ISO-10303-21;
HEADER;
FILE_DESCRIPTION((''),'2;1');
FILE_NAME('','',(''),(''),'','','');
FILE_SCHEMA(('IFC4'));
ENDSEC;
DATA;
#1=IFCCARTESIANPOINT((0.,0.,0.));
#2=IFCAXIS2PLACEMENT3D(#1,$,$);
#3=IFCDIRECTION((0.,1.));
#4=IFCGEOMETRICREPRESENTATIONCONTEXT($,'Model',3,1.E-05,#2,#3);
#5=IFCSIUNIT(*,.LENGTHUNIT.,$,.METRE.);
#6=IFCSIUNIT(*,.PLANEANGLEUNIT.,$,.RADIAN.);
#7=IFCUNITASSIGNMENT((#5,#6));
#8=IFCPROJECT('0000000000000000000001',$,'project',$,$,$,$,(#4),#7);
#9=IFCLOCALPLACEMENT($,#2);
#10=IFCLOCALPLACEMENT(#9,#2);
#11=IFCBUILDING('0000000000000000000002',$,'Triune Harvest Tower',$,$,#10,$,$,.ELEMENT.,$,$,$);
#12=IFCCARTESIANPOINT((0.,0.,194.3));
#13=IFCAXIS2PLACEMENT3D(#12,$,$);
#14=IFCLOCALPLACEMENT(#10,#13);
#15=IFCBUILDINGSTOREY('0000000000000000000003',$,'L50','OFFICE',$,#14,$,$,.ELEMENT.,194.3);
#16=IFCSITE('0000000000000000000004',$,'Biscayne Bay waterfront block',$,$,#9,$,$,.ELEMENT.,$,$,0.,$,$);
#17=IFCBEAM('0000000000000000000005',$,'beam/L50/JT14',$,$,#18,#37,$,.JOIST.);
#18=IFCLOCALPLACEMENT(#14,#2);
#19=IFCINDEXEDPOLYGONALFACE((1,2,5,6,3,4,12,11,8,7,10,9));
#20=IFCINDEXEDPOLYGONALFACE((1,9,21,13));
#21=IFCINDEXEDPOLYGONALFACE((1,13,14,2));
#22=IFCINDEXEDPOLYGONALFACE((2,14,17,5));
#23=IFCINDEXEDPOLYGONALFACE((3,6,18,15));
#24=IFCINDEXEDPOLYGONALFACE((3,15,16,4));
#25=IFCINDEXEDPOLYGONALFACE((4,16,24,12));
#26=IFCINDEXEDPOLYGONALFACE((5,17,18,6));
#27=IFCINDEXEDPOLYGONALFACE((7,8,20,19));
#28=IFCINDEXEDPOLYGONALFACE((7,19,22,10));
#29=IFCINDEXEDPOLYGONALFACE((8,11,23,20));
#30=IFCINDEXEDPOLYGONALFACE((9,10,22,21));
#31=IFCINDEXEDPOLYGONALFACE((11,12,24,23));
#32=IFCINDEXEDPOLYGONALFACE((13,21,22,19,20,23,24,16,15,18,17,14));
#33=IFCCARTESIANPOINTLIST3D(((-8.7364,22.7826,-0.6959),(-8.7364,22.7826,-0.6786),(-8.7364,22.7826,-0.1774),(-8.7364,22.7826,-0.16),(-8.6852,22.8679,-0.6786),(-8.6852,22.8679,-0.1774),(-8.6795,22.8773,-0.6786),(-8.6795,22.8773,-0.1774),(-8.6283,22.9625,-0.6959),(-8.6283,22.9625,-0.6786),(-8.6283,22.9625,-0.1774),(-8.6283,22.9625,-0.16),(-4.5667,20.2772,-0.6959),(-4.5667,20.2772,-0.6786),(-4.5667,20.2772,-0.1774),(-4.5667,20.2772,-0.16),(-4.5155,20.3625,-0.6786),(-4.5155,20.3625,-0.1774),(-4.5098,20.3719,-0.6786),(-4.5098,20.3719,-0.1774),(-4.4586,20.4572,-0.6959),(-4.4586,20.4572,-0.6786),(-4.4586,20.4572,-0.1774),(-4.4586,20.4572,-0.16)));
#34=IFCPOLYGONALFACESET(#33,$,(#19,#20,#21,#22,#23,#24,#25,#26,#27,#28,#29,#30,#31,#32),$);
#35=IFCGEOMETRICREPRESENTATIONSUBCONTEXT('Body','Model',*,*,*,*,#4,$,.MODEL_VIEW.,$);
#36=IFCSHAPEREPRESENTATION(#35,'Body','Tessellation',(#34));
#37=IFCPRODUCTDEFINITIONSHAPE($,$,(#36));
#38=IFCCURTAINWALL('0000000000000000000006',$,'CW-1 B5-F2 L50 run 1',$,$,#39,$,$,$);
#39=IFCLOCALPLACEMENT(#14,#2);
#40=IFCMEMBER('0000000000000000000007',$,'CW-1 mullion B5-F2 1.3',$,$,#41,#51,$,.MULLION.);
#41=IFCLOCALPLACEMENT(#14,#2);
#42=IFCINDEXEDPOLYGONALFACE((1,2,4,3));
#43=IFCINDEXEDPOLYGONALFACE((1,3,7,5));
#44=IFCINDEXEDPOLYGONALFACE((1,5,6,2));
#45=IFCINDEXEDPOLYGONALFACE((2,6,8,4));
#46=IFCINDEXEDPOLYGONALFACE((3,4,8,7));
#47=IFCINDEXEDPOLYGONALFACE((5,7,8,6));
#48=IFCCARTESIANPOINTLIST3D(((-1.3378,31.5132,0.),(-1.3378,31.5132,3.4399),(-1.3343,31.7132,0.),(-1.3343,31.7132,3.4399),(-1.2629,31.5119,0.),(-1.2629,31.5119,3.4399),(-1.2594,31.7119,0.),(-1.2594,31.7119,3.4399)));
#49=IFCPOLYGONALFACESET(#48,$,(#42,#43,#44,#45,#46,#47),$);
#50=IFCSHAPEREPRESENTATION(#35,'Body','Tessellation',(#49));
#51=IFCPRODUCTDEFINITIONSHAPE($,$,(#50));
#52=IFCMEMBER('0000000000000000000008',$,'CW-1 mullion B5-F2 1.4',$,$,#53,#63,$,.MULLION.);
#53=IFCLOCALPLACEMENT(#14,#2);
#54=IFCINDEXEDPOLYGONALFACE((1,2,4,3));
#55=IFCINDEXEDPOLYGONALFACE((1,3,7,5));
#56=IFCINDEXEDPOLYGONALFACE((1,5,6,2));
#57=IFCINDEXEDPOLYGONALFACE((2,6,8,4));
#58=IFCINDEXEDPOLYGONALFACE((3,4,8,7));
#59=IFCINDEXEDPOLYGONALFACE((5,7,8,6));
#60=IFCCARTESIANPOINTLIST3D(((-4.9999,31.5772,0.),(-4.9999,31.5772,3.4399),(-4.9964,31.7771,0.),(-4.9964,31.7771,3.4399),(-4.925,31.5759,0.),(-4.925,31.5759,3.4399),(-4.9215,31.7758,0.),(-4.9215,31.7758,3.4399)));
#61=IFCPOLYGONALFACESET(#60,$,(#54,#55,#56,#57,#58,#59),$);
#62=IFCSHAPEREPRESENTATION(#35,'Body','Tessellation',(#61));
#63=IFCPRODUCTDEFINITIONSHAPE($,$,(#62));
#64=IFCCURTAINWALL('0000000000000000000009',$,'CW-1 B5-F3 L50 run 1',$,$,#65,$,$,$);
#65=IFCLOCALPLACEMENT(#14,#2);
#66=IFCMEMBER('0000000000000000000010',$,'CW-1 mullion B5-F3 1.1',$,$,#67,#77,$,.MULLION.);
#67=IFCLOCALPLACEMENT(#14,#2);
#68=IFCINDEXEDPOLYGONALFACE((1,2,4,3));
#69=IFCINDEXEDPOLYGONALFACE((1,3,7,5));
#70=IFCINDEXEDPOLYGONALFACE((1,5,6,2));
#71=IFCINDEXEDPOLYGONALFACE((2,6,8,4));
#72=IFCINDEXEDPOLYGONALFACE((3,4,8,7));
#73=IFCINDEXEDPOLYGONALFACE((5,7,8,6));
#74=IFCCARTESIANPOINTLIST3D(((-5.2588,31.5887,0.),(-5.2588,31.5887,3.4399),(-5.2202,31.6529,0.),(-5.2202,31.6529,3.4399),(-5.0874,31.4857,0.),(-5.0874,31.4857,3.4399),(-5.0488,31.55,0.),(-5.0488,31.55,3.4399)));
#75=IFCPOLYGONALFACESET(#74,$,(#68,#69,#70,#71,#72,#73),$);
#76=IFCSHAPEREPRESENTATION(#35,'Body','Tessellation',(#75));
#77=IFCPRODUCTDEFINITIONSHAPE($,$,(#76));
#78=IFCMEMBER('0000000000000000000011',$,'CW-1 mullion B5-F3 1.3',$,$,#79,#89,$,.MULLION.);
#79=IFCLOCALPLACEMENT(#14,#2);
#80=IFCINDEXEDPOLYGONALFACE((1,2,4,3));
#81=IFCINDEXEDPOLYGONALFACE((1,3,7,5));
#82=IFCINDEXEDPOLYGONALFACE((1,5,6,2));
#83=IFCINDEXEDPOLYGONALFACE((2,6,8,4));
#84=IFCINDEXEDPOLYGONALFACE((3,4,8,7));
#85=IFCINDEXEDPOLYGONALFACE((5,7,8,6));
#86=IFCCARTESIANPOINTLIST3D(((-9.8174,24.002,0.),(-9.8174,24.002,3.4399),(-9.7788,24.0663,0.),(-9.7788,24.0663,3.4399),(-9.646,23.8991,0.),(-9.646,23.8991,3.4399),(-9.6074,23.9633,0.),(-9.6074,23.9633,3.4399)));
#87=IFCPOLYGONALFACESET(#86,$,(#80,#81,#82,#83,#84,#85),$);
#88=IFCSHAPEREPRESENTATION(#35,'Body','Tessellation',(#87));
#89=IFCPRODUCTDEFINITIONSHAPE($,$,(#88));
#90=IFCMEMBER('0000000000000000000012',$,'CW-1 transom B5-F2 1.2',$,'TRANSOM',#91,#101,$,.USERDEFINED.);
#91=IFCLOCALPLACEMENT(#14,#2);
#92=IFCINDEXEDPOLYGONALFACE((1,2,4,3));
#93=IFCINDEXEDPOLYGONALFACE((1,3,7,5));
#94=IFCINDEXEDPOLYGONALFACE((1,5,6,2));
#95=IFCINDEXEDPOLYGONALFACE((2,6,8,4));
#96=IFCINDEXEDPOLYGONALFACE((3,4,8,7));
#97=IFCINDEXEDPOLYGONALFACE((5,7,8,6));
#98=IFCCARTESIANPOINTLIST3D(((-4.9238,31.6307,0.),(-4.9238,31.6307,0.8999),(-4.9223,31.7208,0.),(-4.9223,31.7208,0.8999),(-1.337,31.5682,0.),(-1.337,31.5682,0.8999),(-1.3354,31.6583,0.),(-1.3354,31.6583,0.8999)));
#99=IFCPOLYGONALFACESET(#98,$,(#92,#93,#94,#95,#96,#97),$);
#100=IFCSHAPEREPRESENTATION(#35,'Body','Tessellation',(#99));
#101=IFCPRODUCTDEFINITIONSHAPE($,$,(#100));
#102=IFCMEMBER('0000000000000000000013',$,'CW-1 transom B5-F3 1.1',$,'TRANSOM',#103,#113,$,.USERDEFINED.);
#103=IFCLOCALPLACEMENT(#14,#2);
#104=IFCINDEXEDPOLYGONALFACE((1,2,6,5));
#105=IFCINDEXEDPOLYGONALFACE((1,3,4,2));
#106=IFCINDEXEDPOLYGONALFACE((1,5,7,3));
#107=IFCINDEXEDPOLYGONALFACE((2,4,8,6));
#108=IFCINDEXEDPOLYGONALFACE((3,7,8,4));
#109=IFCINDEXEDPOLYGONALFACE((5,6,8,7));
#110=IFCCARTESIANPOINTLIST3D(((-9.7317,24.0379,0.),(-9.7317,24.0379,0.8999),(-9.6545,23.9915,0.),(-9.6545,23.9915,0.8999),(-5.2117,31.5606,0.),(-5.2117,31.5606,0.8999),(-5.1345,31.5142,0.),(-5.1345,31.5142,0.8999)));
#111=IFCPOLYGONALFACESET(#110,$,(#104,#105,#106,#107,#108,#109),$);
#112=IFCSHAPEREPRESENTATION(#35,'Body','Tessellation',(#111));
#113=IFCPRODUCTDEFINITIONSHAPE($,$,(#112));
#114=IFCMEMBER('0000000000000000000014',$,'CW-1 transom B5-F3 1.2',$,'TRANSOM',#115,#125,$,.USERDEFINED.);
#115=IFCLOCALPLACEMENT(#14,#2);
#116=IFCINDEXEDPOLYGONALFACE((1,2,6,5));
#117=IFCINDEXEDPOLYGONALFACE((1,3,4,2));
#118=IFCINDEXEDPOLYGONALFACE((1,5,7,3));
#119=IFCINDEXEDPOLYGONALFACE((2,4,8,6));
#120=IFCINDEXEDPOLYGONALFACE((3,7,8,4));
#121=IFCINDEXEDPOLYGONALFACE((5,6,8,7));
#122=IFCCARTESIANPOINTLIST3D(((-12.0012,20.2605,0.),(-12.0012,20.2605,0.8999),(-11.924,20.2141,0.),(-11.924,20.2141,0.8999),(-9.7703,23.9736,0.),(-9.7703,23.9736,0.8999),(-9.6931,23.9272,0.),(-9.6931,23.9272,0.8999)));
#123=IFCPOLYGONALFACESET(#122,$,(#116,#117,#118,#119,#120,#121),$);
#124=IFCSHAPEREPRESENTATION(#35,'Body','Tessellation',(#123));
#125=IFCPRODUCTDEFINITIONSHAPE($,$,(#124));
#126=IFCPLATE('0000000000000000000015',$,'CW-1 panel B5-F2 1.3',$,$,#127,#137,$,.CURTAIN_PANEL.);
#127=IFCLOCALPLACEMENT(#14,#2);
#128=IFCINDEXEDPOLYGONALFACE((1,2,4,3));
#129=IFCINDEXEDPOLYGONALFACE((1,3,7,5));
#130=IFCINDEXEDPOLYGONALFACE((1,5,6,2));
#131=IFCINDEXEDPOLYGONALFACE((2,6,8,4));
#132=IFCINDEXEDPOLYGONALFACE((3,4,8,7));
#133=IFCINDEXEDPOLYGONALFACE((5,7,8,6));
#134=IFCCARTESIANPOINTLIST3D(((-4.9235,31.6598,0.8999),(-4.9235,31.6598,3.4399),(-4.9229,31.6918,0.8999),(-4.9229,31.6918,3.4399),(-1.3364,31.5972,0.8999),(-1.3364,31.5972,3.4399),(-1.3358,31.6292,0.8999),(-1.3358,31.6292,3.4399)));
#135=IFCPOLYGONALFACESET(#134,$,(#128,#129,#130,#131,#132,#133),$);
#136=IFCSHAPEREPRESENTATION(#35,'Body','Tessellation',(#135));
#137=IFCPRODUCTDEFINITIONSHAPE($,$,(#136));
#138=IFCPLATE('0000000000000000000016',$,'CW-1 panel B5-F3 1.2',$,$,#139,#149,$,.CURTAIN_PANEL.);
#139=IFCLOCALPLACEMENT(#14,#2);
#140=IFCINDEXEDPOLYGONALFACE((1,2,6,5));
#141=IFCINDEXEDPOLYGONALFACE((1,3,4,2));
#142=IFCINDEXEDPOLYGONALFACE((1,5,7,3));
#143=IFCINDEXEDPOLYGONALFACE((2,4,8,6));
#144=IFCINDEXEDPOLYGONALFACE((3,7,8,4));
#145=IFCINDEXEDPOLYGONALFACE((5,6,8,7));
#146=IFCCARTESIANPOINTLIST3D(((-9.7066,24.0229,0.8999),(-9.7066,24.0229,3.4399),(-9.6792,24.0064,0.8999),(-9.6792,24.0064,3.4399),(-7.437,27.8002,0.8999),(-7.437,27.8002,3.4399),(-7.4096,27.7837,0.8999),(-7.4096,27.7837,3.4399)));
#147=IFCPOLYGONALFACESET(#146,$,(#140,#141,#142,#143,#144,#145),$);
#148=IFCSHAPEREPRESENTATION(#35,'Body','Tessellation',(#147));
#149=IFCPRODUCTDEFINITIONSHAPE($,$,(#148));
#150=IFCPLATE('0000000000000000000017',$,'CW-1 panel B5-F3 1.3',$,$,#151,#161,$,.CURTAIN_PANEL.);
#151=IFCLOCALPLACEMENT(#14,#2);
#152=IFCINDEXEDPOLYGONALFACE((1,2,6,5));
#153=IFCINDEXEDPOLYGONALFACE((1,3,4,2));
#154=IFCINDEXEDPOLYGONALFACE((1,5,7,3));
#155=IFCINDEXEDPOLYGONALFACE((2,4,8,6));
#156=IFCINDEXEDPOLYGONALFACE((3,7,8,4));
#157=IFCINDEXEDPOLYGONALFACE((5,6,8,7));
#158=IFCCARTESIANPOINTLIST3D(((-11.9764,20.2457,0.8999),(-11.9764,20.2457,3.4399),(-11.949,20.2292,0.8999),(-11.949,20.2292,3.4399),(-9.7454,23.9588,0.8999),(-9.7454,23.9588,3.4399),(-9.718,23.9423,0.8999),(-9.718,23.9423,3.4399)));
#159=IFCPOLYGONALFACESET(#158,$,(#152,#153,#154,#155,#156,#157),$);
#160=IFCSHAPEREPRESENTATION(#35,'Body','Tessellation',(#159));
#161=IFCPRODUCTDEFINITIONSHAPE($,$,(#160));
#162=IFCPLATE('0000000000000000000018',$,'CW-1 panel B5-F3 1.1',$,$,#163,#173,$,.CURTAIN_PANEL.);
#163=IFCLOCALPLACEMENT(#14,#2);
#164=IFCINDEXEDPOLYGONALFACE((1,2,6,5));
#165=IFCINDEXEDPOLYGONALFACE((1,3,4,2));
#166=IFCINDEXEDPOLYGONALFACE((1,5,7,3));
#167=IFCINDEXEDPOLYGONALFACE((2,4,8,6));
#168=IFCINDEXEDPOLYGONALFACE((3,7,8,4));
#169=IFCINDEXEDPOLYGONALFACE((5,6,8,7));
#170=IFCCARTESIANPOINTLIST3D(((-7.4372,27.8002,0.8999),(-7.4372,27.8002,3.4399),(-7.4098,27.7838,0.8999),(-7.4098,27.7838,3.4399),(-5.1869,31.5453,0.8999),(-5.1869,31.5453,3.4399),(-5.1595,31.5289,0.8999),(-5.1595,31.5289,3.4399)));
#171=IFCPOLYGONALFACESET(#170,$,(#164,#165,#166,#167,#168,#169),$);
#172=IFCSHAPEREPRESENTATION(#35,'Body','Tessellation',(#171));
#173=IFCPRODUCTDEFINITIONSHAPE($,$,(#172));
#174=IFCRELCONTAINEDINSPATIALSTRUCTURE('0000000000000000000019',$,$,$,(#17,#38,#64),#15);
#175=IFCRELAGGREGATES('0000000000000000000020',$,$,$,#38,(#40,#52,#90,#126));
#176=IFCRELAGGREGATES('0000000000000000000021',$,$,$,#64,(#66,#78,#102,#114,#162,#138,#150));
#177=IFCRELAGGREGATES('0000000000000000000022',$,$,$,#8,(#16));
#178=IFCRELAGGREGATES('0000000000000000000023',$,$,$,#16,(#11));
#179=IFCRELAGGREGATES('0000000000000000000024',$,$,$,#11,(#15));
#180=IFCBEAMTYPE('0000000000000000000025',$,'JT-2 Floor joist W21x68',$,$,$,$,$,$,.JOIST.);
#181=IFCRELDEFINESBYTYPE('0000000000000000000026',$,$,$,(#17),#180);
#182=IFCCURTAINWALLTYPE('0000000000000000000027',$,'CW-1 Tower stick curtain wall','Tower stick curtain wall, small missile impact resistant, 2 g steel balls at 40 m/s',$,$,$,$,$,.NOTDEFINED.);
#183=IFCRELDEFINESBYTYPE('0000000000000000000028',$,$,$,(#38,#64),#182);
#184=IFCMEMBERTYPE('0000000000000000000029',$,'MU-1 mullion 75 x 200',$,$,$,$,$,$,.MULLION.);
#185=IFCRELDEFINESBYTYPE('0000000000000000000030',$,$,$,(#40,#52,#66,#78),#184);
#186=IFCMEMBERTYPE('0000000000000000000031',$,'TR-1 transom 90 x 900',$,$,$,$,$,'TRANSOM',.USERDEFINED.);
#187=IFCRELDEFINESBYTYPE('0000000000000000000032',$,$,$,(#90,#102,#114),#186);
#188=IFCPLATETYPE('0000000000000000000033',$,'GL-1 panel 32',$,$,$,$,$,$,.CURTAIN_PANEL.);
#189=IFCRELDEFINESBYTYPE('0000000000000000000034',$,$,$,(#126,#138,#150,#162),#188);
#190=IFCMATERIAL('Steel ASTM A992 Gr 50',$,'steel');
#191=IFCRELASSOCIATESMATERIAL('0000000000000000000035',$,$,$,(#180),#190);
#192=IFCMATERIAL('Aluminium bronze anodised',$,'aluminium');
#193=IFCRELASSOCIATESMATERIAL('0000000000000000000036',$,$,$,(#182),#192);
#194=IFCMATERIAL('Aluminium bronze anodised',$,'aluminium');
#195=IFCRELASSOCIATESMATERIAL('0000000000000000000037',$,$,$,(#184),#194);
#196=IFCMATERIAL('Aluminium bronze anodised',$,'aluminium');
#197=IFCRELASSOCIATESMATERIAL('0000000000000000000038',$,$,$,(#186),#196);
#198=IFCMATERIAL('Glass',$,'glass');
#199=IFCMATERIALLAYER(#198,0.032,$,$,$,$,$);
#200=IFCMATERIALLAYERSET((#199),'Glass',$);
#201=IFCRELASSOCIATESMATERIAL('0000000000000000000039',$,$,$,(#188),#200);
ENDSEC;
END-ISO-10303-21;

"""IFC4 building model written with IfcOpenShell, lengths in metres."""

from ifc_helpers import new_model, si_unit, direction, frame, origin, origin_2d, place, context, subcontext, project, spatial, rectangle, i_section, extrude, source, transform, mapped, material, layer, layer_set, material_profile, profile_set, type_object, element, aggregate, save


model = new_model("IFC4")

# Units and contexts
model_context = context("Model", 3, precision=1e-05, world=origin(), true_north=direction((0.0, 1.0)))
body_context = subcontext(model_context, "Body", "Model", "MODEL_VIEW")
ifc_project = project(units=[si_unit("LENGTHUNIT", "METRE"), si_unit("PLANEANGLEUNIT", "RADIAN")], contexts=[model_context])

# Site, building, storey
site_placement = place(None, origin())
site = spatial("IfcSite", under=ifc_project, at=site_placement, Name="Biscayne Bay waterfront block", CompositionType="ELEMENT", RefElevation=0.0)
building_placement = place(site_placement, origin())
building = spatial("IfcBuilding", under=site, at=building_placement, Name="Triune Harvest Tower", CompositionType="ELEMENT")
storey_placement = place(building_placement, frame((0.0, 0.0, 194.3)))
storey = spatial("IfcBuildingStorey", under=building, at=storey_placement, Name="L50", Description="OFFICE", CompositionType="ELEMENT", Elevation=194.3)

# Beam
ifc_material_1 = material(Name="Steel ASTM A992 Gr 50", Category="steel")
ifc_material_profile_1 = material_profile(ifc_material_1, i_section(OverallWidth=0.21, OverallDepth=0.5359, WebThickness=0.011, FlangeThickness=0.0173, at=origin_2d()), Name="W21x68")
ifc_profile_set_1 = profile_set([ifc_material_profile_1], Name="Steel ASTM A992 Gr 50")
beam_type_1 = type_object("IfcBeamType", Name="JT-2 Floor joist W21x68", PredefinedType="JOIST", material=ifc_profile_set_1)
shared_shape_1 = source(origin(), body_context, "Body", "SweptSolid", [
    extrude(i_section(OverallWidth=0.21, OverallDepth=0.5359, WebThickness=0.011, FlangeThickness=0.0173, at=origin_2d()), origin(), (0.0, 0.0, 1.0), 4.8645),
])
beam_1_placement = place(storey_placement, frame((-8.6824, 22.8726, -0.428), z_axis=(0.857169, -0.515034, 0.0), x_axis=(0.515034, 0.857169, 0.0)))
element("IfcBeam", 1, at=beam_1_placement, inside=storey, type_object=beam_type_1, Name="beam/L50/JT14", PredefinedType="JOIST", context=body_context, shape_type="MappedRepresentation", body=[
    mapped(shared_shape_1, transform((0.0, 0.0, 0.0), scale=1.0)),
])

# Curtain walls, members
ifc_material_2 = material(Name="Aluminium bronze anodised", Category="aluminium")
curtain_wall_type = type_object("IfcCurtainWallType", Name="CW-1 Tower stick curtain wall", Description="Tower stick curtain wall, small missile impact resistant, 2 g steel balls at 40 m/s", PredefinedType="NOTDEFINED", material=ifc_material_2)
curtain_wall_1_placement = place(storey_placement, origin())
curtain_wall_1 = element("IfcCurtainWall", 2, at=curtain_wall_1_placement, inside=storey, type_object=curtain_wall_type, Name="CW-1 B5-F2 L50 run 1")
ifc_material_3 = material(Name="Aluminium bronze anodised", Category="aluminium")
ifc_material_profile_2 = material_profile(ifc_material_3, rectangle(XDim=0.2, YDim=0.075, at=origin_2d()), Name="MU-1 mullion 75 x 200")
ifc_profile_set_2 = profile_set([ifc_material_profile_2], Name="Aluminium bronze anodised")
member_type_1 = type_object("IfcMemberType", Name="MU-1 mullion 75 x 200", PredefinedType="MULLION", material=ifc_profile_set_2)
shared_shape_2 = source(origin(), body_context, "Body", "SweptSolid", [
    extrude(rectangle(XDim=0.2, YDim=0.075, at=origin_2d()), origin(), (0.0, 0.0, 1.0), 3.4399),
])
member_1_placement = place(storey_placement, frame((-1.2986, 31.6125, 0.0), z_axis=(0.0, 0.0, 1.0), x_axis=(-0.017446, -0.999848, 0.0)))
member_1 = element("IfcMember", 3, at=member_1_placement, type_object=member_type_1, Name="CW-1 mullion B5-F2 1.3", PredefinedType="MULLION", context=body_context, shape_type="MappedRepresentation", body=[
    mapped(shared_shape_2, transform((0.0, 0.0, 0.0), scale=1.0)),
])
member_2_placement = place(storey_placement, frame((-4.9607, 31.6765, 0.0), z_axis=(0.0, 0.0, 1.0), x_axis=(-0.017446, -0.999848, 0.0)))
member_2 = element("IfcMember", 4, at=member_2_placement, type_object=member_type_1, Name="CW-1 mullion B5-F2 1.4", PredefinedType="MULLION", context=body_context, shape_type="MappedRepresentation", body=[
    mapped(shared_shape_2, transform((0.0, 0.0, 0.0), scale=1.0)),
])
curtain_wall_2_placement = place(storey_placement, origin())
curtain_wall_2 = element("IfcCurtainWall", 5, at=curtain_wall_2_placement, inside=storey, type_object=curtain_wall_type, Name="CW-1 B5-F3 L50 run 1")
member_3_placement = place(storey_placement, frame((-5.1538, 31.5693, 0.0), z_axis=(0.0, 0.0, 1.0), x_axis=(0.857169, -0.515035, 0.0)))
member_3 = element("IfcMember", 6, at=member_3_placement, type_object=member_type_1, Name="CW-1 mullion B5-F3 1.1", PredefinedType="MULLION", context=body_context, shape_type="MappedRepresentation", body=[
    mapped(shared_shape_2, transform((0.0, 0.0, 0.0), scale=1.0)),
])
member_4_placement = place(storey_placement, frame((-9.7124, 23.9827, 0.0), z_axis=(0.0, 0.0, 1.0), x_axis=(0.857169, -0.515035, 0.0)))
member_4 = element("IfcMember", 7, at=member_4_placement, type_object=member_type_1, Name="CW-1 mullion B5-F3 1.3", PredefinedType="MULLION", context=body_context, shape_type="MappedRepresentation", body=[
    mapped(shared_shape_2, transform((0.0, 0.0, 0.0), scale=1.0)),
])

# Members
ifc_material_4 = material(Name="Aluminium bronze anodised", Category="aluminium")
ifc_material_profile_3 = material_profile(ifc_material_4, rectangle(XDim=0.0901, YDim=0.8999, at=origin_2d()), Name="TR-1 transom 90 x 900")
ifc_profile_set_3 = profile_set([ifc_material_profile_3], Name="Aluminium bronze anodised")
member_type_2 = type_object("IfcMemberType", Name="TR-1 transom 90 x 900", ElementType="TRANSOM", PredefinedType="USERDEFINED", material=ifc_profile_set_3)
shared_shape_3 = source(origin(), body_context, "Body", "SweptSolid", [
    extrude(rectangle(XDim=0.0901, YDim=0.8999, at=origin_2d()), origin(), (0.0, 0.0, 1.0), 3.5874),
])
member_5_placement = place(storey_placement, frame((-1.3362, 31.6133, 0.45), z_axis=(-0.999848, 0.017422, 0.0), x_axis=(-0.017422, -0.999848, 0.0)))
member_5 = element("IfcMember", 8, at=member_5_placement, type_object=member_type_2, Name="CW-1 transom B5-F2 1.2", ObjectType="TRANSOM", PredefinedType="USERDEFINED", context=body_context, shape_type="MappedRepresentation", body=[
    mapped(shared_shape_3, transform((0.0, 0.0, 0.0), scale=1.0)),
])
shared_shape_4 = source(origin(), body_context, "Body", "SweptSolid", [
    extrude(rectangle(XDim=0.0901, YDim=0.8999, at=origin_2d()), origin(), (0.0, 0.0, 1.0), 8.7761),
])
member_6_placement = place(storey_placement, frame((-5.1731, 31.5374, 0.45), z_axis=(-0.515032, -0.857171, 0.0), x_axis=(0.857171, -0.515032, 0.0)))
member_6 = element("IfcMember", 9, at=member_6_placement, type_object=member_type_2, Name="CW-1 transom B5-F3 1.1", ObjectType="TRANSOM", PredefinedType="USERDEFINED", context=body_context, shape_type="MappedRepresentation", body=[
    mapped(shared_shape_4, transform((0.0, 0.0, 0.0), scale=1.0)),
])
shared_shape_5 = source(origin(), body_context, "Body", "SweptSolid", [
    extrude(rectangle(XDim=0.0901, YDim=0.8999, at=origin_2d()), origin(), (0.0, 0.0, 1.0), 4.3318),
])
member_7_placement = place(storey_placement, frame((-9.7317, 23.9504, 0.45), z_axis=(-0.515018, -0.857179, 0.0), x_axis=(0.857179, -0.515018, 0.0)))
member_7 = element("IfcMember", 10, at=member_7_placement, type_object=member_type_2, Name="CW-1 transom B5-F3 1.2", ObjectType="TRANSOM", PredefinedType="USERDEFINED", context=body_context, shape_type="MappedRepresentation", body=[
    mapped(shared_shape_5, transform((0.0, 0.0, 0.0), scale=1.0)),
])

# Plates
ifc_material_5 = material(Name="Glass", Category="glass")
ifc_layer_1 = layer(ifc_material_5, 0.032)
ifc_layer_set_1 = layer_set([ifc_layer_1], Name="Glass")
plate_type = type_object("IfcPlateType", Name="GL-1 panel 32", PredefinedType="CURTAIN_PANEL", material=ifc_layer_set_1)
shared_shape_6 = source(origin(), body_context, "Body", "SweptSolid", [
    extrude(rectangle(XDim=3.5876, YDim=0.032, at=origin_2d()), origin(), (0.0, 0.0, 1.0), 2.54),
])
plate_1_placement = place(storey_placement, frame((-3.1296, 31.6445, 0.8999), z_axis=(0.0, 0.0, 1.0), x_axis=(-0.999848, 0.017446, 0.0)))
plate_1 = element("IfcPlate", 11, at=plate_1_placement, type_object=plate_type, Name="CW-1 panel B5-F2 1.3", PredefinedType="CURTAIN_PANEL", context=body_context, shape_type="MappedRepresentation", body=[
    mapped(shared_shape_6, transform((0.0, 0.0, 0.0), scale=1.0)),
])
aggregate(curtain_wall_1, [member_1, member_2, member_5, plate_1])
shared_shape_7 = source(origin(), body_context, "Body", "SweptSolid", [
    extrude(rectangle(XDim=4.4067, YDim=0.032, at=origin_2d()), origin(), (0.0, 0.0, 1.0), 2.54),
])
plate_2_placement = place(storey_placement, frame((-8.5581, 25.9033, 0.8999), z_axis=(0.0, 0.0, 1.0), x_axis=(-0.515035, -0.857169, 0.0)))
plate_2 = element("IfcPlate", 12, at=plate_2_placement, type_object=plate_type, Name="CW-1 panel B5-F3 1.2", PredefinedType="CURTAIN_PANEL", context=body_context, shape_type="MappedRepresentation", body=[
    mapped(shared_shape_7, transform((0.0, 0.0, 0.0), scale=1.0)),
])
shared_shape_8 = source(origin(), body_context, "Body", "SweptSolid", [
    extrude(rectangle(XDim=4.3318, YDim=0.032, at=origin_2d()), origin(), (0.0, 0.0, 1.0), 2.54),
])
plate_3_placement = place(storey_placement, frame((-10.8472, 22.094, 0.8999), z_axis=(0.0, 0.0, 1.0), x_axis=(-0.515035, -0.857169, 0.0)))
plate_3 = element("IfcPlate", 13, at=plate_3_placement, type_object=plate_type, Name="CW-1 panel B5-F3 1.3", PredefinedType="CURTAIN_PANEL", context=body_context, shape_type="MappedRepresentation", body=[
    mapped(shared_shape_8, transform((0.0, 0.0, 0.0), scale=1.0)),
])
shared_shape_9 = source(origin(), body_context, "Body", "SweptSolid", [
    extrude(rectangle(XDim=4.3691, YDim=0.032, at=origin_2d()), origin(), (0.0, 0.0, 1.0), 2.54),
])
plate_4_placement = place(storey_placement, frame((-6.2983, 29.6646, 0.8999), z_axis=(0.0, 0.0, 1.0), x_axis=(-0.515035, -0.857169, 0.0)))
plate_4 = element("IfcPlate", 14, at=plate_4_placement, type_object=plate_type, Name="CW-1 panel B5-F3 1.1", PredefinedType="CURTAIN_PANEL", context=body_context, shape_type="MappedRepresentation", body=[
    mapped(shared_shape_9, transform((0.0, 0.0, 0.0), scale=1.0)),
])
aggregate(curtain_wall_2, [member_3, member_4, member_6, member_7, plate_4, plate_2, plate_3])

save(model, "model.ifc")
